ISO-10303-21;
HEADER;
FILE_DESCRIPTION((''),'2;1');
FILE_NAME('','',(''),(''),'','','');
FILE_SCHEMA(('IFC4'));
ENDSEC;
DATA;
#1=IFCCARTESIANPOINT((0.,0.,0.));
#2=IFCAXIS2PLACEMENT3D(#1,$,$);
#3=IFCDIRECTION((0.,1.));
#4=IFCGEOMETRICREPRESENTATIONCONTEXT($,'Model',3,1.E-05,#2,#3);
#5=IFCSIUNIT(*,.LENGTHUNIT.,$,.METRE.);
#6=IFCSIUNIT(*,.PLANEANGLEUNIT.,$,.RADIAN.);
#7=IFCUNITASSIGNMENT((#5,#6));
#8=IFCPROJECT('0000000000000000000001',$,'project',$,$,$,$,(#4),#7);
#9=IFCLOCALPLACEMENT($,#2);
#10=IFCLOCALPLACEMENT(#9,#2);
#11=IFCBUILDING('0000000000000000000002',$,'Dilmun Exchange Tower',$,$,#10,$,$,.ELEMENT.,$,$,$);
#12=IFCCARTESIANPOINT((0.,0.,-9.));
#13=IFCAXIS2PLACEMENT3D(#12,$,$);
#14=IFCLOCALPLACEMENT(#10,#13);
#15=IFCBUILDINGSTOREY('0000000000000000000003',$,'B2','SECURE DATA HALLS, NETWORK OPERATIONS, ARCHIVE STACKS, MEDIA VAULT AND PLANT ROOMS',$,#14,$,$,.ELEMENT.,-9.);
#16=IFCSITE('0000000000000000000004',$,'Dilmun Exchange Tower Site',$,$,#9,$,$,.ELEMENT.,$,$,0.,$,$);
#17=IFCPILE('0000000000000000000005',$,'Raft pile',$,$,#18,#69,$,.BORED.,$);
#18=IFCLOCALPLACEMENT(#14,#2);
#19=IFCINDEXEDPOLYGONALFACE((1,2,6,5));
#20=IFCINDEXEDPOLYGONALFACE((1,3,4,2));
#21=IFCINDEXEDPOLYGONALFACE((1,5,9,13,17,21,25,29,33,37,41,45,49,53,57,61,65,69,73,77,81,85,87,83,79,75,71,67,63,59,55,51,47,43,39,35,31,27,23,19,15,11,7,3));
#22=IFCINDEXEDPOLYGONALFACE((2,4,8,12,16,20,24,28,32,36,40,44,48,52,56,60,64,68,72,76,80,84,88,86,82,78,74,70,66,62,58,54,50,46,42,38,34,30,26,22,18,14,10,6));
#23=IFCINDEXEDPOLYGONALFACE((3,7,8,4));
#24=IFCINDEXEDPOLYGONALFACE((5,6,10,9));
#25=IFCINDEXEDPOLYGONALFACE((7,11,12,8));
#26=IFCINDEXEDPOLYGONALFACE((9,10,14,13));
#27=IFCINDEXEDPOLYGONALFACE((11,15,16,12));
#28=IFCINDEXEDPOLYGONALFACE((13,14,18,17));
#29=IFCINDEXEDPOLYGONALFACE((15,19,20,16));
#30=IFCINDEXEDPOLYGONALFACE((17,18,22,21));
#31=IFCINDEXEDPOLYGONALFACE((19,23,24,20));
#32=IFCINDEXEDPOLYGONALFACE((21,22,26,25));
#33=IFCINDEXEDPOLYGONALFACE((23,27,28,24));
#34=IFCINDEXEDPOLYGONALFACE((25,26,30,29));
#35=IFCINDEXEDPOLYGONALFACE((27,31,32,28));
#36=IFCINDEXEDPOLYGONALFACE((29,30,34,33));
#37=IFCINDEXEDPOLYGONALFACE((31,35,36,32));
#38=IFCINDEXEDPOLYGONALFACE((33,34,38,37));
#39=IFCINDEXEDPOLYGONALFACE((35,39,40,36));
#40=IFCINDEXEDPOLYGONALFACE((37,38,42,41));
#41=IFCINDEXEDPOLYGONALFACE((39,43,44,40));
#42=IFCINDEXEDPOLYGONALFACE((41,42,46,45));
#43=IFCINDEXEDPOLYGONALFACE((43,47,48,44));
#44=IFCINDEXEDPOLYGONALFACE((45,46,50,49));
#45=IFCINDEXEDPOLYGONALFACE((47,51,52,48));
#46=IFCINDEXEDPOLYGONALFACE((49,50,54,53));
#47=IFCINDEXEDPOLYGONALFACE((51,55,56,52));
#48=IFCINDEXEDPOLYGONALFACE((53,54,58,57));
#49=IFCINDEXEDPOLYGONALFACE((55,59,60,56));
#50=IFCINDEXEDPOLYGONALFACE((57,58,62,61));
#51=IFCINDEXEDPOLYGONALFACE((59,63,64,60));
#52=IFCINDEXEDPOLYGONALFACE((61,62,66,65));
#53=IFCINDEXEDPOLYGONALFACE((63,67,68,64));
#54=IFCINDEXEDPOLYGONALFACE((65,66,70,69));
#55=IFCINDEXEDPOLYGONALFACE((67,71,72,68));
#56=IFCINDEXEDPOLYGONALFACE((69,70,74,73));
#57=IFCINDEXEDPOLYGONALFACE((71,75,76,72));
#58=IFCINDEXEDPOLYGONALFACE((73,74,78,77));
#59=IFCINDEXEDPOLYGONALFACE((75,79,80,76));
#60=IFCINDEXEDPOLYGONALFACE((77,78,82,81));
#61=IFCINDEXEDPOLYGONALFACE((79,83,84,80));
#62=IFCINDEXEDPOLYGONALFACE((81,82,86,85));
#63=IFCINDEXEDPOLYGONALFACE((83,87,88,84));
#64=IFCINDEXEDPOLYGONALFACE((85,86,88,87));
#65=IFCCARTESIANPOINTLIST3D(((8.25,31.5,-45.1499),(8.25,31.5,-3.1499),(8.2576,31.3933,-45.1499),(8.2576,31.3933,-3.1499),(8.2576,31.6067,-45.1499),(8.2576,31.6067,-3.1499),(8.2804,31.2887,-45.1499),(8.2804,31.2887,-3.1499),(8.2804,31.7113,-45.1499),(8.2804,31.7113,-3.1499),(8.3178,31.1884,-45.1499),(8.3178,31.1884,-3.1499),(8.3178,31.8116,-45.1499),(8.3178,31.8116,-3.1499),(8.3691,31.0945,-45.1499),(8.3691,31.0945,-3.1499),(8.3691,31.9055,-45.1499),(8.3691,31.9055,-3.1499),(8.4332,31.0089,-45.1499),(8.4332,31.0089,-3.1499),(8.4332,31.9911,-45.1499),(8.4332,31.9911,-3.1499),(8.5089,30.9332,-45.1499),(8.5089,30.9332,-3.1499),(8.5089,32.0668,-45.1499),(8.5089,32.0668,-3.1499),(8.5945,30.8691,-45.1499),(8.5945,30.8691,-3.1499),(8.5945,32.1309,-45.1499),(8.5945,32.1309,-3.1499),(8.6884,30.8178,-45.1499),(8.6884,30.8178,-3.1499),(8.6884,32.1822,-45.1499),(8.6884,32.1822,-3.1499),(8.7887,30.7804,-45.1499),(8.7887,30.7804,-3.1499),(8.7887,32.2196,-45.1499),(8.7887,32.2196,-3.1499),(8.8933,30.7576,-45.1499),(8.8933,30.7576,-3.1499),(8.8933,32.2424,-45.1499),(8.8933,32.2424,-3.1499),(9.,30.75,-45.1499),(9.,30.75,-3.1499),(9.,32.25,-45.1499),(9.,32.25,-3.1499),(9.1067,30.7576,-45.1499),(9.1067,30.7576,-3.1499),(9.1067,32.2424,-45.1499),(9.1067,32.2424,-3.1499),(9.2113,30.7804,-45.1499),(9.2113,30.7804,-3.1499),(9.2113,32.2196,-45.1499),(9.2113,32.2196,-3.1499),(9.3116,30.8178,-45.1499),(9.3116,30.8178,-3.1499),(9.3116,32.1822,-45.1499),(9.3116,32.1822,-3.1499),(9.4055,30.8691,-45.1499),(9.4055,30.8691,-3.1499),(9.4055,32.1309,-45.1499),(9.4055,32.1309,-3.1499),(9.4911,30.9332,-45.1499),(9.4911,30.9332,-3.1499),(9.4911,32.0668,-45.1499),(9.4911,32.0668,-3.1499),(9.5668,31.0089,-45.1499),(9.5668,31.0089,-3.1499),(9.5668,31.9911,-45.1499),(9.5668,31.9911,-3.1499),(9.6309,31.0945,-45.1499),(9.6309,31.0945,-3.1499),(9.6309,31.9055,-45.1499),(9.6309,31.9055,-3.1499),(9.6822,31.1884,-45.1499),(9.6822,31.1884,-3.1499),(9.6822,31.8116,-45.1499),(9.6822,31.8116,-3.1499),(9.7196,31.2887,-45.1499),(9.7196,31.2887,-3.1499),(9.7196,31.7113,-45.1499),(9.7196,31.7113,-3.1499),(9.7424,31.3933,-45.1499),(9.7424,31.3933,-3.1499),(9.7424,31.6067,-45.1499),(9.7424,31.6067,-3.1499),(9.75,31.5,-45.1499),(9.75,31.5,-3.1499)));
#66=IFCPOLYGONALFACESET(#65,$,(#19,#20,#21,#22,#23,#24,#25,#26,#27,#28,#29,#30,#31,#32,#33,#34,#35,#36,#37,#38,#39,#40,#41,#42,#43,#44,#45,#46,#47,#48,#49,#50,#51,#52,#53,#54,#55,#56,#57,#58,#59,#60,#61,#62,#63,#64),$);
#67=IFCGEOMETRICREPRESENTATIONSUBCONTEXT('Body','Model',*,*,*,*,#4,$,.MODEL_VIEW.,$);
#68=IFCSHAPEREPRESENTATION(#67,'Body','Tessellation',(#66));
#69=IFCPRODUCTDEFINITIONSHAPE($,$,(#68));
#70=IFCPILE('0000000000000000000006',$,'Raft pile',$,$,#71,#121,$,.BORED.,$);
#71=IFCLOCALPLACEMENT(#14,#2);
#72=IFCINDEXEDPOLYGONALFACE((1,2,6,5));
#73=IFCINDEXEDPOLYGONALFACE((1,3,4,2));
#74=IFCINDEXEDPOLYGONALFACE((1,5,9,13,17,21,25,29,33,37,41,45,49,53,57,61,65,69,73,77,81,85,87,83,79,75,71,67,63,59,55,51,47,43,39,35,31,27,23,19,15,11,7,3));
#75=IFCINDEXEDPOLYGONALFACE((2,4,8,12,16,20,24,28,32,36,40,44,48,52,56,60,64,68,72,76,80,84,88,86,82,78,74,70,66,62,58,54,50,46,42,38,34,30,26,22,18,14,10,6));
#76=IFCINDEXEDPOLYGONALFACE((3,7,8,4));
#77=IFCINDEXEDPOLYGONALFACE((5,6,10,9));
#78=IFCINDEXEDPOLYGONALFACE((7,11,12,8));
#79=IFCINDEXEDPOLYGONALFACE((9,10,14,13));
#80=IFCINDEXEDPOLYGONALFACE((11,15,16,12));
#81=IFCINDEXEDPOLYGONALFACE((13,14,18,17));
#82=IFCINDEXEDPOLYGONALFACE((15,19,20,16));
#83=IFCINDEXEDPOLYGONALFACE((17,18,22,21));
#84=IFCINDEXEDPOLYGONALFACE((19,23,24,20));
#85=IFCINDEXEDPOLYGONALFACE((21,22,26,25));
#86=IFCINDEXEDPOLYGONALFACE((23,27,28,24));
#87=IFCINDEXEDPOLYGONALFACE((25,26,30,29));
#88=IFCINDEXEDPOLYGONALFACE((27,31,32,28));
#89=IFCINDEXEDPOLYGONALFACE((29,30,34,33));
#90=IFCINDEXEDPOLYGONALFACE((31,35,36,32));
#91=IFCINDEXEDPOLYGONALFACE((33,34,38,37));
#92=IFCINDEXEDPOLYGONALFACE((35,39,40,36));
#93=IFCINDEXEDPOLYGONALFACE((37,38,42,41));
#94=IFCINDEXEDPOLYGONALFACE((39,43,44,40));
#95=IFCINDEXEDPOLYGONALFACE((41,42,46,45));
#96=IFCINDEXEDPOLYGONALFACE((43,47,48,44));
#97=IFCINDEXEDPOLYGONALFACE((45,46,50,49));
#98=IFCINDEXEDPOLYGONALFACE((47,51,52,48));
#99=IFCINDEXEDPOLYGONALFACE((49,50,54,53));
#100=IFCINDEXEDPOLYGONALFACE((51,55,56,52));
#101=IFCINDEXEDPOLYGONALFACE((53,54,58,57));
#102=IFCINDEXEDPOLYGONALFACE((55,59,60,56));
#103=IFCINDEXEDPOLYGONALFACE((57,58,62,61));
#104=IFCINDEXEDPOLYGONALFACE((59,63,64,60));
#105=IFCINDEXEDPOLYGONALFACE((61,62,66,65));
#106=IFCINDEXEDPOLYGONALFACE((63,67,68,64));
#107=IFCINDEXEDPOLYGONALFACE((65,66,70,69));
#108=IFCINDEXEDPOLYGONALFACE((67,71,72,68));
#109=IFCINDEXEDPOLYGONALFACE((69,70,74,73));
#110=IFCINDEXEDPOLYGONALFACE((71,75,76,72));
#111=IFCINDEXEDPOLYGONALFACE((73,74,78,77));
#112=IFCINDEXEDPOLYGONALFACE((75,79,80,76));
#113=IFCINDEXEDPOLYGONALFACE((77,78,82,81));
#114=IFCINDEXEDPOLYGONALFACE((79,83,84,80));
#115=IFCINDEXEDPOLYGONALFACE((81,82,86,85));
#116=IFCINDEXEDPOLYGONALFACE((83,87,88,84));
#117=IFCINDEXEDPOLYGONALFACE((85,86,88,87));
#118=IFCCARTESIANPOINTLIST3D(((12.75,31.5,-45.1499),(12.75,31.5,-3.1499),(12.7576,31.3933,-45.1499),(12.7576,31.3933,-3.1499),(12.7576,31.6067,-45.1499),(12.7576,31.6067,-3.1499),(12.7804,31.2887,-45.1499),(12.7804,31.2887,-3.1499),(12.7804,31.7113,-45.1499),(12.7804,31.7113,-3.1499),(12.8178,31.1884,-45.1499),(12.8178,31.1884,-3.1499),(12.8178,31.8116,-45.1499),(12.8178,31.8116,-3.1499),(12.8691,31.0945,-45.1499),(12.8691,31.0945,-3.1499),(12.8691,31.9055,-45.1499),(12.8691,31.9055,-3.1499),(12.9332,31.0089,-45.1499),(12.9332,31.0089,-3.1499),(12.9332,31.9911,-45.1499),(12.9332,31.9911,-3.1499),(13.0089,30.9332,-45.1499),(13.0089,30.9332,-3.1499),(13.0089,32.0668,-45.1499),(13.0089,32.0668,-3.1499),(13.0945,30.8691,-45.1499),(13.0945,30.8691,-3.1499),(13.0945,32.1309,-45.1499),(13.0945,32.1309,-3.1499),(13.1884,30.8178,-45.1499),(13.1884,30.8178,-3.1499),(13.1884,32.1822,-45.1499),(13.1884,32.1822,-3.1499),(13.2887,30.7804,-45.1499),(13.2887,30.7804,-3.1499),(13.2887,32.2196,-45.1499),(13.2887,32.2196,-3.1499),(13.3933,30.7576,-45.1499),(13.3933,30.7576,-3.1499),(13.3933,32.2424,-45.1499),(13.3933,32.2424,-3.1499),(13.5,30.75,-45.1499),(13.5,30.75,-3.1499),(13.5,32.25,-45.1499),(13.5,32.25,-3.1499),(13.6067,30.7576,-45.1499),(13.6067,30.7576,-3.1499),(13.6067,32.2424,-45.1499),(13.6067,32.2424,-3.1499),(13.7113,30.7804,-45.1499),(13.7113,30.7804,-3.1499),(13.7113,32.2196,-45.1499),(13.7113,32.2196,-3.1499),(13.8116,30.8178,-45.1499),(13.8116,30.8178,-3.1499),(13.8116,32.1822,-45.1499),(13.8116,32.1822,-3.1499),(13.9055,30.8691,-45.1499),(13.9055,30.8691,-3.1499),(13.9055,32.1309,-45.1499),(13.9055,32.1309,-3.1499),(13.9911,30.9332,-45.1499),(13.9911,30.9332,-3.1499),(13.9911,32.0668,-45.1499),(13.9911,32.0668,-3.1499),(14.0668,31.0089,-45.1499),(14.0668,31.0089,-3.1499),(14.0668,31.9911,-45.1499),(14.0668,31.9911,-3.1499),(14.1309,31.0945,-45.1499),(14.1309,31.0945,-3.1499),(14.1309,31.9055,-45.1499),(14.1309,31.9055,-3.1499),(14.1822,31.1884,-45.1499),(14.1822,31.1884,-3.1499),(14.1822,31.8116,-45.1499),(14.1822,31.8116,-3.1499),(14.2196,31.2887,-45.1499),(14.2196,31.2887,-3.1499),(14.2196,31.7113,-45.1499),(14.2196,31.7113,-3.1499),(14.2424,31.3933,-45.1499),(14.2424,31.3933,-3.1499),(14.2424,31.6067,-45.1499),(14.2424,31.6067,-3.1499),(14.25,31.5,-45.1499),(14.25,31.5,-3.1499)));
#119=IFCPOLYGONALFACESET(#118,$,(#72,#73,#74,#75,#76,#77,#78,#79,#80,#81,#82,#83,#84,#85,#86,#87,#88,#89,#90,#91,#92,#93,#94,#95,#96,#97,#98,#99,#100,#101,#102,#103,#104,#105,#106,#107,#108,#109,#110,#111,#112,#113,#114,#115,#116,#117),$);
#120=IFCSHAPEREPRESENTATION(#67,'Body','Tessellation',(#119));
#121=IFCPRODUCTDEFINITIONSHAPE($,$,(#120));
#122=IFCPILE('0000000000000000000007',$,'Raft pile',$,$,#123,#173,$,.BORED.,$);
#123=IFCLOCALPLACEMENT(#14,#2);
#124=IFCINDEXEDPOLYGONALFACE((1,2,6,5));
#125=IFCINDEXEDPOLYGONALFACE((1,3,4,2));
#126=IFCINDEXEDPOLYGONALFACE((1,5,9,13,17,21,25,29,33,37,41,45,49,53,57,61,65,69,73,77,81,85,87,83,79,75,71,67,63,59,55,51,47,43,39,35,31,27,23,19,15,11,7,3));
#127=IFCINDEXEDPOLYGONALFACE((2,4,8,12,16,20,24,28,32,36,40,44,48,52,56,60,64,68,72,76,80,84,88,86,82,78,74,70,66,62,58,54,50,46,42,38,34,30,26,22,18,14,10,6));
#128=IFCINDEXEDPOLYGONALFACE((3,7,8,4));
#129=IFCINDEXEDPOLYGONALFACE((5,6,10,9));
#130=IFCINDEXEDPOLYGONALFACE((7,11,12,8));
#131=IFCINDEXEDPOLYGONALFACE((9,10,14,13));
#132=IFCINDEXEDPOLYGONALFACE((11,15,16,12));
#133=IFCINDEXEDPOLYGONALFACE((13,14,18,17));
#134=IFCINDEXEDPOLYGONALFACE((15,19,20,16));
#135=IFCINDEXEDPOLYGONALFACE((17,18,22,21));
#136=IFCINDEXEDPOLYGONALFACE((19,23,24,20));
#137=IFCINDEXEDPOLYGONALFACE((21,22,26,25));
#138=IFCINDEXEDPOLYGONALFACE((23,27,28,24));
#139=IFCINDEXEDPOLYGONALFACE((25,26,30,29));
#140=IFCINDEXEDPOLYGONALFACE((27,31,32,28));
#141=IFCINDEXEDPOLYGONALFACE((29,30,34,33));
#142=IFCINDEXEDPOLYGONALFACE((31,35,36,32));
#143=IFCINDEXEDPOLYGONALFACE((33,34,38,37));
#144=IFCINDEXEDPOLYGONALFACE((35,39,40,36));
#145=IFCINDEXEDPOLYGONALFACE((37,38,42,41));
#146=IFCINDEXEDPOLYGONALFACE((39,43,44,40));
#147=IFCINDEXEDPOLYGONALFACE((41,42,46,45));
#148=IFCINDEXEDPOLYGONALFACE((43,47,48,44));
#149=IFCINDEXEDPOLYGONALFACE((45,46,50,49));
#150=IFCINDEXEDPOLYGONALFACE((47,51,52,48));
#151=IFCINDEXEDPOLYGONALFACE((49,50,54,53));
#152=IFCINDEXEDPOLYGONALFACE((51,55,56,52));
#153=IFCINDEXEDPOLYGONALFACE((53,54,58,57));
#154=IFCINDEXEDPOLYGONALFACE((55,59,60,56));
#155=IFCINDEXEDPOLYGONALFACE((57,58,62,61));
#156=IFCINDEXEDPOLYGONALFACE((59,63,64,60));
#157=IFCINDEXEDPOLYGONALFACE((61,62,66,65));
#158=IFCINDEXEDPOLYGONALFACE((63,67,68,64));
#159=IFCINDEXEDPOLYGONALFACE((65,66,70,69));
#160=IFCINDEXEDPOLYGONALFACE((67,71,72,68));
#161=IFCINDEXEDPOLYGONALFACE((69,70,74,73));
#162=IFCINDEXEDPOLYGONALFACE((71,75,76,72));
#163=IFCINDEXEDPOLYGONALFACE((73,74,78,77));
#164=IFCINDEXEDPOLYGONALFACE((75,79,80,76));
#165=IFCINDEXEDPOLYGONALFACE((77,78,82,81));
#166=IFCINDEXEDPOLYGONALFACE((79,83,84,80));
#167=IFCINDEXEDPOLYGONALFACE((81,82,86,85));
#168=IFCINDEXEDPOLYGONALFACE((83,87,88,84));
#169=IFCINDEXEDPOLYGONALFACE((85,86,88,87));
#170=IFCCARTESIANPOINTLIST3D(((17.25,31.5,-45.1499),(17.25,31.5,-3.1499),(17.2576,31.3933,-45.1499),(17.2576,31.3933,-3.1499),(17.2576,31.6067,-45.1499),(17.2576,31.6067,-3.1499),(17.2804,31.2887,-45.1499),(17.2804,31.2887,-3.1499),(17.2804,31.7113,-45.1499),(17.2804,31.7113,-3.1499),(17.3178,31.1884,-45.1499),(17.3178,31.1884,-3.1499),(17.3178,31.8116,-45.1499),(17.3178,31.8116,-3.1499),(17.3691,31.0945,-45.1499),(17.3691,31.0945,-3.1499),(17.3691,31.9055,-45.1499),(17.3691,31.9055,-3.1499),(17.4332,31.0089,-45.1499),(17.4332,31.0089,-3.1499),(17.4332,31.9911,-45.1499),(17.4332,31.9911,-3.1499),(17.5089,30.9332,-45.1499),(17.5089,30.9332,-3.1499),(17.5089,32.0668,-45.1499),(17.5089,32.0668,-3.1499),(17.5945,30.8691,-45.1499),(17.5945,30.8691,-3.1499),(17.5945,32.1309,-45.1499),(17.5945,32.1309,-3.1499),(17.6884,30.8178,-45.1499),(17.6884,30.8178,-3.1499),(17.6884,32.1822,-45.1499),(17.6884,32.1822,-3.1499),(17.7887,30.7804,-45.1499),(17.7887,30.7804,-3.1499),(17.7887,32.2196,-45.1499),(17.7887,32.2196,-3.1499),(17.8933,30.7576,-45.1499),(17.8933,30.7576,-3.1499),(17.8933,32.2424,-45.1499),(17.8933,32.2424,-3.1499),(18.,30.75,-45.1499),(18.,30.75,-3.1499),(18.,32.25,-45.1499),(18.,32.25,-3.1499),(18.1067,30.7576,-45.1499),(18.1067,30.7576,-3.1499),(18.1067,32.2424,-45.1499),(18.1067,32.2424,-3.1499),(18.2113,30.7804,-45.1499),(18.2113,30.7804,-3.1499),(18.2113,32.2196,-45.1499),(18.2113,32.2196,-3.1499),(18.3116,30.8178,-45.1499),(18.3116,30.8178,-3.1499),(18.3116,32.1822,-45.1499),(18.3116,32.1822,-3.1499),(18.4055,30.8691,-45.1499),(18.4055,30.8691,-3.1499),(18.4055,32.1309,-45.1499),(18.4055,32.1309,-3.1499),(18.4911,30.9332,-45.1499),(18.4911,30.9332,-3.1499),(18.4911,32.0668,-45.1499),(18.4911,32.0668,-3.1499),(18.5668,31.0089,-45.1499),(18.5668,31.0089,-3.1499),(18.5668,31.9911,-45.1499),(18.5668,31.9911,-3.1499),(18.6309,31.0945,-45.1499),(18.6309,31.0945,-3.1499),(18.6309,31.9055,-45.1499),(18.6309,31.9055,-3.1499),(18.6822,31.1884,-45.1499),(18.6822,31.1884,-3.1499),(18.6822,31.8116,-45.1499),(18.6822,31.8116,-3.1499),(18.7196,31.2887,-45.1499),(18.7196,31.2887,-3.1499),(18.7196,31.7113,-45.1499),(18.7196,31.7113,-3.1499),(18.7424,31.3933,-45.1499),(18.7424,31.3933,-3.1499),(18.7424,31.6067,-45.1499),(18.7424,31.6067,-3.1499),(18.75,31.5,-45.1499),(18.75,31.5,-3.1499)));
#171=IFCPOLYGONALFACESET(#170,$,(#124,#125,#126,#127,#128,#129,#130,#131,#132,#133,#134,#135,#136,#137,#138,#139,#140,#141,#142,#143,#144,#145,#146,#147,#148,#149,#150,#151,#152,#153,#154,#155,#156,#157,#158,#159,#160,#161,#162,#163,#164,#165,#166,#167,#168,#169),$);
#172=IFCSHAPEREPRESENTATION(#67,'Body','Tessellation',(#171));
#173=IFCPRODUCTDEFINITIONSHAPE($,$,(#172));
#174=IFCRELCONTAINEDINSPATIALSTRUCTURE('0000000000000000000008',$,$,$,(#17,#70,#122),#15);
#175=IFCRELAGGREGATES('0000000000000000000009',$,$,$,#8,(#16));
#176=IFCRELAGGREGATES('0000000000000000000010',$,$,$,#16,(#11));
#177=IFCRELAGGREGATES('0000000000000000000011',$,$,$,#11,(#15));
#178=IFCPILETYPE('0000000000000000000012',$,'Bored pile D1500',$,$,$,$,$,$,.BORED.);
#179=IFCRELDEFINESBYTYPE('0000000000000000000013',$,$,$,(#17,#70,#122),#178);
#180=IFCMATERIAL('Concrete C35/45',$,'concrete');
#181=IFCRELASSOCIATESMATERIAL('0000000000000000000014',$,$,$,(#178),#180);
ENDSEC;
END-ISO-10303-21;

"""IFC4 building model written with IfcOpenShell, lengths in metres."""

from ifc_helpers import new_model, si_unit, direction, frame, origin, origin_2d, place, context, subcontext, project, spatial, circle, extrude, material, material_profile, profile_set, type_object, element, save


model = new_model("IFC4")

# Units and contexts
model_context = context("Model", 3, precision=1e-05, world=origin(), true_north=direction((0.0, 1.0)))
body_context = subcontext(model_context, "Body", "Model", "MODEL_VIEW")
ifc_project = project(units=[si_unit("LENGTHUNIT", "METRE"), si_unit("PLANEANGLEUNIT", "RADIAN")], contexts=[model_context])

# Site, building, storey
site_placement = place(None, origin())
site = spatial("IfcSite", under=ifc_project, at=site_placement, Name="Dilmun Exchange Tower Site", CompositionType="ELEMENT", RefElevation=0.0)
building_placement = place(site_placement, origin())
building = spatial("IfcBuilding", under=site, at=building_placement, Name="Dilmun Exchange Tower", CompositionType="ELEMENT")
storey_placement = place(building_placement, frame((0.0, 0.0, -9.0)))
storey = spatial("IfcBuildingStorey", under=building, at=storey_placement, Name="B2", Description="SECURE DATA HALLS, NETWORK OPERATIONS, ARCHIVE STACKS, MEDIA VAULT AND PLANT ROOMS", CompositionType="ELEMENT", Elevation=-9.0)

# Piles
ifc_material_1 = material(Name="Concrete C35/45", Category="concrete")
ifc_material_profile_1 = material_profile(ifc_material_1, circle(Radius=0.75, at=origin_2d()), Name="D1500")
ifc_profile_set_1 = profile_set([ifc_material_profile_1], Name="Concrete C35/45")
pile_type = type_object("IfcPileType", Name="Bored pile D1500", PredefinedType="BORED", material=ifc_profile_set_1)
for number, where, z_axis, x_axis, name in (
    (1, (9.0, 31.5, -3.1499), (0.0, 0.0, -1.0), (1.0, 0.0, 0.0), "Raft pile"),
    (2, (13.5, 31.5, -3.1499), (0.0, 0.0, -1.0), (1.0, 0.0, 0.0), "Raft pile"),
    (3, (18.0, 31.5, -3.1499), (0.0, 0.0, -1.0), (1.0, 0.0, 0.0), "Raft pile"),
):
    element("IfcPile", number, at=place(storey_placement, frame(where, z_axis=z_axis, x_axis=x_axis)), inside=storey, type_object=pile_type, Name=name, PredefinedType="BORED", context=body_context, shape_type="SweptSolid", body=[
        extrude(circle(Radius=0.75, at=origin_2d()), origin(), (0.0, 0.0, 1.0), 42.0),
    ])

save(model, "model.ifc")
